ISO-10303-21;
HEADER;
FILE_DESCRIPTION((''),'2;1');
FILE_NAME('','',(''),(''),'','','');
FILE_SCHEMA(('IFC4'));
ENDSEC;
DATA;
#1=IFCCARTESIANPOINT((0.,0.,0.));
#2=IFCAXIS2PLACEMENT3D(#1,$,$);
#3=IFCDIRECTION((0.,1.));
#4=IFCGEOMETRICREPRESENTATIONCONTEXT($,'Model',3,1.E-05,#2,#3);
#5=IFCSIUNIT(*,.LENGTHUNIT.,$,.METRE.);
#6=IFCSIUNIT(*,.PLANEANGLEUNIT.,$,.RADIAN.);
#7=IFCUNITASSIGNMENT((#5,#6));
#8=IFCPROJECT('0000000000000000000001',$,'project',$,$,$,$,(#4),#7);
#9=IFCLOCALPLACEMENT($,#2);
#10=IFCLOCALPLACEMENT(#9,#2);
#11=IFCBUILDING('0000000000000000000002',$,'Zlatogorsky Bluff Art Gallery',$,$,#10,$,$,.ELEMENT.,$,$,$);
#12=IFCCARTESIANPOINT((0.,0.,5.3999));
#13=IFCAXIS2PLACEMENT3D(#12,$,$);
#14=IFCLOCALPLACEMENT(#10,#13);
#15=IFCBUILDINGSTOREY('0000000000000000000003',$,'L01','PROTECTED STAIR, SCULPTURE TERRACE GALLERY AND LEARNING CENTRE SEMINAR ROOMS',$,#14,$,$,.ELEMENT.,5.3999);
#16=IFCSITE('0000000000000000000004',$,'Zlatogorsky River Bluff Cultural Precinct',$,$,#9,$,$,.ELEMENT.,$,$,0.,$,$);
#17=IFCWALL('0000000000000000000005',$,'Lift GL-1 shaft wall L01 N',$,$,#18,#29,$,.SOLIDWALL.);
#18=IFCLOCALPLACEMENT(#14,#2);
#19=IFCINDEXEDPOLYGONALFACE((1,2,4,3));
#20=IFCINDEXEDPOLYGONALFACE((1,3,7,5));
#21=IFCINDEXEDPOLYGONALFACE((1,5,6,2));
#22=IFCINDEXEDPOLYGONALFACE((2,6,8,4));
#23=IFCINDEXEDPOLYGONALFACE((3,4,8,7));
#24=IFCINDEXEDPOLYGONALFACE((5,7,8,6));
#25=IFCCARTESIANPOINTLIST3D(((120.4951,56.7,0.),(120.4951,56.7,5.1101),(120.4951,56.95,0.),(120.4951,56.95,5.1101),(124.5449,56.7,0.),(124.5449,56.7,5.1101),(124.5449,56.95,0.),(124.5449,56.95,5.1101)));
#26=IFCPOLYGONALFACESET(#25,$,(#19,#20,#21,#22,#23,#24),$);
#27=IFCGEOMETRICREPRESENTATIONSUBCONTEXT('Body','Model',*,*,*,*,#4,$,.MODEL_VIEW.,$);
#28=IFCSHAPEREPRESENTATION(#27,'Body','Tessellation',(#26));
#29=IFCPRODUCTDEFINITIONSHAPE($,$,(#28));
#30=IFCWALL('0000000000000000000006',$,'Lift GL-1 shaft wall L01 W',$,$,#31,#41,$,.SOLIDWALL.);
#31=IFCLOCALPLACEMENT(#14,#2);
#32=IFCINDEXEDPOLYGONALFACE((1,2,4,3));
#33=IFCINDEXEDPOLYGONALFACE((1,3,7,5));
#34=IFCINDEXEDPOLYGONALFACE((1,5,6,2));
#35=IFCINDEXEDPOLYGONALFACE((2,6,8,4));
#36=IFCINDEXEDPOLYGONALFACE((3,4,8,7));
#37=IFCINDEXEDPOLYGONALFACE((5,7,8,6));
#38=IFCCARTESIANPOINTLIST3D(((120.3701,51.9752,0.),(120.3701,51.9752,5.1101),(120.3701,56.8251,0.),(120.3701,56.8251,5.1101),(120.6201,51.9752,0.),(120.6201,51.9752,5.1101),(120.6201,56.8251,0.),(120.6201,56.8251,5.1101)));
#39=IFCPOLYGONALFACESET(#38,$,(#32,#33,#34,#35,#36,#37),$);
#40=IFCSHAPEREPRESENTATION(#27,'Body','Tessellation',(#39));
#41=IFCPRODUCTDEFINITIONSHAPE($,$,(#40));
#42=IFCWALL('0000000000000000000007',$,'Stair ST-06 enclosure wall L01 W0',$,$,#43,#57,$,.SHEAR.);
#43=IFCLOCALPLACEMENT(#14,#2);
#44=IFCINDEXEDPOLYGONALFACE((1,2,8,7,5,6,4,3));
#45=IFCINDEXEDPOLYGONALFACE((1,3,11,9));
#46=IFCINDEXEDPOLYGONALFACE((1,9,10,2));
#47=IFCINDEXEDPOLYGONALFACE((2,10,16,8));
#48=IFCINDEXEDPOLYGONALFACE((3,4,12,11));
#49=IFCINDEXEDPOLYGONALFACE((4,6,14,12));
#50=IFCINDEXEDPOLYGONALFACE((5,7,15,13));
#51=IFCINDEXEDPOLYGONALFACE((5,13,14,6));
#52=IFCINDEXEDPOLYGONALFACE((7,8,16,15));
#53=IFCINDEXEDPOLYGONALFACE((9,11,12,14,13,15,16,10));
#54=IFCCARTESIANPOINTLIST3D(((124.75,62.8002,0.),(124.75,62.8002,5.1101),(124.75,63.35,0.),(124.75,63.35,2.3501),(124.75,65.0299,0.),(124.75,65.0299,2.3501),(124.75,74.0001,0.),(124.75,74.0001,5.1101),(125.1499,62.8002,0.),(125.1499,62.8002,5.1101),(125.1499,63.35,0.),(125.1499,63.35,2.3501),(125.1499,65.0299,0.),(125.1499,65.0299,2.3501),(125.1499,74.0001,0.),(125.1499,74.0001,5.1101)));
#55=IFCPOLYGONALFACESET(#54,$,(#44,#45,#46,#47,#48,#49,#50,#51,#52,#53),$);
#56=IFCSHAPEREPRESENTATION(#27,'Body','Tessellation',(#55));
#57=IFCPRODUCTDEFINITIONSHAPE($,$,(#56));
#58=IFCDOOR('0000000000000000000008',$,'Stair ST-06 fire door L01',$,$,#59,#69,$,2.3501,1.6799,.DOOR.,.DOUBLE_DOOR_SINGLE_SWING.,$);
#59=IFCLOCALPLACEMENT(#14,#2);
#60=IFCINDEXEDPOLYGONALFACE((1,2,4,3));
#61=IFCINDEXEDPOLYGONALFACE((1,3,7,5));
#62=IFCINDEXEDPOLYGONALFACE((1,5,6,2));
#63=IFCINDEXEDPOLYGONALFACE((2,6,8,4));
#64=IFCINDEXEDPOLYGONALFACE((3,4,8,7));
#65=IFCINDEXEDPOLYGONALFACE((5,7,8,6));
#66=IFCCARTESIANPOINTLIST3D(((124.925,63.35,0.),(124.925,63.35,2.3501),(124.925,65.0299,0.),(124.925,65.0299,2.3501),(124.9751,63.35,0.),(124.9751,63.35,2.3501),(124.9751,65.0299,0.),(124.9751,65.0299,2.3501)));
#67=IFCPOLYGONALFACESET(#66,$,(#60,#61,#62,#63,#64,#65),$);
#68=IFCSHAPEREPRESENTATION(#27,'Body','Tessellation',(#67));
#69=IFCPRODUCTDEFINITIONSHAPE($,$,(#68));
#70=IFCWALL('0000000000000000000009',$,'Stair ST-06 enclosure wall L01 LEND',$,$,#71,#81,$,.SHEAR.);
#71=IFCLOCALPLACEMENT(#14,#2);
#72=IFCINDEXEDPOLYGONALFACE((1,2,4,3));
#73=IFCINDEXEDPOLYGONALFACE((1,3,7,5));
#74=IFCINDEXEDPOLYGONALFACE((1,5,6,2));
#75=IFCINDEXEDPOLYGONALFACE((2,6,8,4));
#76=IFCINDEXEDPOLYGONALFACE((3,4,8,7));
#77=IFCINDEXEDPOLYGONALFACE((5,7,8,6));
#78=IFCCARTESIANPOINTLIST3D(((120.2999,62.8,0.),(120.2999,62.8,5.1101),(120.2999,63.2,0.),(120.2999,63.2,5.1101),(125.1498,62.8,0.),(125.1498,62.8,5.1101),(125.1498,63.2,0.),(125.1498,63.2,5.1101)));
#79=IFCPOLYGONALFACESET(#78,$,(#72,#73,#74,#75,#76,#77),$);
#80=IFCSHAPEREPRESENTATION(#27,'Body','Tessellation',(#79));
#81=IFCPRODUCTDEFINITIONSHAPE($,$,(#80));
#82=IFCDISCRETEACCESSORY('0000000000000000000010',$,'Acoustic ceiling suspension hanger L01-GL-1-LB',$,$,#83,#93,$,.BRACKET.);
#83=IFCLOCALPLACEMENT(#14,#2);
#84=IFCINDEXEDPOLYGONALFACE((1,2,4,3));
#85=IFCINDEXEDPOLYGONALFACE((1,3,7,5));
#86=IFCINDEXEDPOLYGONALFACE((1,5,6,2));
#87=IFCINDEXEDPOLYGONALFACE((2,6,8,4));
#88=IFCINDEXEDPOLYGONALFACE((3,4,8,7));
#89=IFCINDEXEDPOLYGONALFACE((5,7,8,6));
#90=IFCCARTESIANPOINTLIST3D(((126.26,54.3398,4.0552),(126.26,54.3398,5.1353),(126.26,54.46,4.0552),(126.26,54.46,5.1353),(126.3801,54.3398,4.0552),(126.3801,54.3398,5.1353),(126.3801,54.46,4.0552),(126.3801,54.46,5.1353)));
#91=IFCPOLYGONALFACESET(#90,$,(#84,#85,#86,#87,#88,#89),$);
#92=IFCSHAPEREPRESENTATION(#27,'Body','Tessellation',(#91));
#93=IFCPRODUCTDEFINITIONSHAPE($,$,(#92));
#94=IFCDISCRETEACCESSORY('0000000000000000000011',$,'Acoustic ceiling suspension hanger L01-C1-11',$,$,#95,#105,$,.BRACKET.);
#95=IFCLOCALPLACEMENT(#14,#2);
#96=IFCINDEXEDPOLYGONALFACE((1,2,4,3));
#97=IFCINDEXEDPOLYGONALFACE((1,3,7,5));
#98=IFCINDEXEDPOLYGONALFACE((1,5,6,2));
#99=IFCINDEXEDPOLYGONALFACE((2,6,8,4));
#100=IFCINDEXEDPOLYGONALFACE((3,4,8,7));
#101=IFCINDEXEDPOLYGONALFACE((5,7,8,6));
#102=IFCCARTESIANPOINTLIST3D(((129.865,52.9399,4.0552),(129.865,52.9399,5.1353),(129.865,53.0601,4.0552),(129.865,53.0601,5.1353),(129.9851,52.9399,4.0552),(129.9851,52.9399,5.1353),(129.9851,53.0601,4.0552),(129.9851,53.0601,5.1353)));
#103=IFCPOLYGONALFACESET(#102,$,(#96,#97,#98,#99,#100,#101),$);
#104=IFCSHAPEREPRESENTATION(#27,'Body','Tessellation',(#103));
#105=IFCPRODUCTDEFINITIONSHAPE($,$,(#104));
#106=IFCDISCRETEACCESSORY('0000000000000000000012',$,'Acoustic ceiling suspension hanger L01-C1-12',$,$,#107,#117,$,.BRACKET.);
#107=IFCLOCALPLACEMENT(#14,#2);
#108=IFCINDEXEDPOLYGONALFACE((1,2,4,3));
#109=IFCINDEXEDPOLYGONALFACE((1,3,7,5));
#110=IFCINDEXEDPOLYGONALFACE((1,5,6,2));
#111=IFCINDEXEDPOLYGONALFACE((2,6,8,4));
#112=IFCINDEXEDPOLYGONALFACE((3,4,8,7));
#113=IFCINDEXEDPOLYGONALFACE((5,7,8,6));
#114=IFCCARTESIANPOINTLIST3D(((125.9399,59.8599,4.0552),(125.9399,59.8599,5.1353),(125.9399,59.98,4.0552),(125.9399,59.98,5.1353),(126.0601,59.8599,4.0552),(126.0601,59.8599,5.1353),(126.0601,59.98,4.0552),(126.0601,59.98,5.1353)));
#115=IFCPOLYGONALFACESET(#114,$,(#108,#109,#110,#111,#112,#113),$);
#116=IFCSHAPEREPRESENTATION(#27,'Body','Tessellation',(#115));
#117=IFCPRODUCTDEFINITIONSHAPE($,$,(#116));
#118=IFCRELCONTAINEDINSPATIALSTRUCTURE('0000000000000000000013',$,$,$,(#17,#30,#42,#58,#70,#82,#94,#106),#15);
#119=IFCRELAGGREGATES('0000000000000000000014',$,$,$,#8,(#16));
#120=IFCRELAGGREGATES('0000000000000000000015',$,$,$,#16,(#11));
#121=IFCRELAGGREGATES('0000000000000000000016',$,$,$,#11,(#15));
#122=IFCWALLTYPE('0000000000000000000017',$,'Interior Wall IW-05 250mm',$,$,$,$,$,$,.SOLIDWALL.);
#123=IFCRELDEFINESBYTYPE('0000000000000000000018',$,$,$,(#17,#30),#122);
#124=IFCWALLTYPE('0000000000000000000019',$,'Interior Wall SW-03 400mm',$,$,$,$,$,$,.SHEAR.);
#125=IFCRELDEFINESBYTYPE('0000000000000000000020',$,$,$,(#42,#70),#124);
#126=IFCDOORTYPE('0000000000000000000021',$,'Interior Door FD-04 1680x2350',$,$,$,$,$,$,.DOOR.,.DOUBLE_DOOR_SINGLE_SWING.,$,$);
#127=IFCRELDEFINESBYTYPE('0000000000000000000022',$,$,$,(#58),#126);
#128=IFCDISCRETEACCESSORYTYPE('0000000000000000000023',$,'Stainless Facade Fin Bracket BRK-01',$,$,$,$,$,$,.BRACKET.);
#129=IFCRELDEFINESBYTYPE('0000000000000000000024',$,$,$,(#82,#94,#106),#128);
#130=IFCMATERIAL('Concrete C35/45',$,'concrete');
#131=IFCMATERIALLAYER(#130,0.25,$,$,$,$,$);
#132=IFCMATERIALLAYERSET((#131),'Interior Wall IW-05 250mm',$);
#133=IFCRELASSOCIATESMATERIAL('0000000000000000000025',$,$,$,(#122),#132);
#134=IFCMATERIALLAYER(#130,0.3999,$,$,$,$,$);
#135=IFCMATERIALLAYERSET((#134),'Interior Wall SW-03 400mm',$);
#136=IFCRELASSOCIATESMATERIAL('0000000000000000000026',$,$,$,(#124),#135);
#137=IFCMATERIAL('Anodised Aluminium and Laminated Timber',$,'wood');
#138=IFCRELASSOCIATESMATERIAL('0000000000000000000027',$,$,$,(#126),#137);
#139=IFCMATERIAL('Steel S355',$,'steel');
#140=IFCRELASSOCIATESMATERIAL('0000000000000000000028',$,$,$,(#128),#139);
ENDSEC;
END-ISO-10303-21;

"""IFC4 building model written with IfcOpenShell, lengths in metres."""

from ifc_helpers import new_model, si_unit, direction, frame, frame_2d, origin, origin_2d, place, context, subcontext, project, spatial, rectangle, extrude, material, layer, layer_set, type_object, element, fill, save


model = new_model("IFC4")

# Units and contexts
model_context = context("Model", 3, precision=1e-05, world=origin(), true_north=direction((0.0, 1.0)))
body_context = subcontext(model_context, "Body", "Model", "MODEL_VIEW")
ifc_project = project(units=[si_unit("LENGTHUNIT", "METRE"), si_unit("PLANEANGLEUNIT", "RADIAN")], contexts=[model_context])

# Site, building, storey
site_placement = place(None, origin())
site = spatial("IfcSite", under=ifc_project, at=site_placement, Name="Zlatogorsky River Bluff Cultural Precinct", CompositionType="ELEMENT", RefElevation=0.0)
building_placement = place(site_placement, origin())
building = spatial("IfcBuilding", under=site, at=building_placement, Name="Zlatogorsky Bluff Art Gallery", CompositionType="ELEMENT")
storey_placement = place(building_placement, frame((0.0, 0.0, 5.3999)))
storey = spatial("IfcBuildingStorey", under=building, at=storey_placement, Name="L01", Description="PROTECTED STAIR, SCULPTURE TERRACE GALLERY AND LEARNING CENTRE SEMINAR ROOMS", CompositionType="ELEMENT", Elevation=5.3999)

# Shared definitions
ifc_material_1 = material(Name="Concrete C35/45", Category="concrete")

# Shared definitions
ifc_material_2 = material(Name="Steel S355", Category="steel")

# Shared definitions
ifc_material_3 = material(Name="Anodised Aluminium and Laminated Timber", Category="wood")

# Walls
ifc_layer_1 = layer(ifc_material_1, 0.25)
ifc_layer_set_1 = layer_set([ifc_layer_1], Name="Interior Wall IW-05 250mm")
wall_type_1 = type_object("IfcWallType", Name="Interior Wall IW-05 250mm", PredefinedType="SOLIDWALL", material=ifc_layer_set_1)
wall_1_placement = place(storey_placement, frame((124.5449, 56.825, 0.0), z_axis=(0.0, 0.0, 1.0), x_axis=(-1.0, 0.0, 0.0)))
element("IfcWall", 1, at=wall_1_placement, inside=storey, type_object=wall_type_1, Name="Lift GL-1 shaft wall L01 N", PredefinedType="SOLIDWALL", context=body_context, shape_type="SweptSolid", body=[
    extrude(rectangle(XDim=4.0498, YDim=0.25, at=frame_2d((2.0249, 0.0))), origin(), (0.0, 0.0, 1.0), 5.1101),
])
wall_2_placement = place(storey_placement, frame((120.4951, 56.825, 0.0), z_axis=(0.0, 0.0, 1.0), x_axis=(0.0, -1.0, 0.0)))
element("IfcWall", 2, at=wall_2_placement, inside=storey, type_object=wall_type_1, Name="Lift GL-1 shaft wall L01 W", PredefinedType="SOLIDWALL", context=body_context, shape_type="SweptSolid", body=[
    extrude(rectangle(XDim=4.8499, YDim=0.25, at=frame_2d((2.4248, 0.0))), origin(), (0.0, 0.0, 1.0), 5.1101),
])

# Wall, opening, door
ifc_layer_2 = layer(ifc_material_1, 0.3999)
ifc_layer_set_2 = layer_set([ifc_layer_2], Name="Interior Wall SW-03 400mm")
wall_type_2 = type_object("IfcWallType", Name="Interior Wall SW-03 400mm", PredefinedType="SHEAR", material=ifc_layer_set_2)
wall_3_placement = place(storey_placement, frame((124.95, 62.8, 0.0), z_axis=(0.0, 0.0, 1.0), x_axis=(0.0, 1.0, 0.0)))
wall_3 = element("IfcWall", 3, at=wall_3_placement, inside=storey, type_object=wall_type_2, Name="Stair ST-06 enclosure wall L01 W0", PredefinedType="SHEAR", context=body_context, shape_type="SweptSolid", body=[
    extrude(rectangle(XDim=11.2, YDim=0.3999, at=frame_2d((5.6001, 0.0))), origin(), (0.0, 0.0, 1.0), 5.1101),
])
opening_1_placement = place(wall_3_placement, frame((0.55, 0.0, 0.0)))
opening_1 = element("IfcOpeningElement", 4, at=opening_1_placement, cuts=wall_3, PredefinedType="OPENING", context=body_context, shape_type="SweptSolid", body=[
    extrude(rectangle(XDim=1.6799, YDim=2.3501, at=frame_2d((0.8398, 1.175))), frame((0.0, 0.21, 0.0), z_axis=(0.0, -1.0, 0.0), x_axis=(1.0, 0.0, 0.0)), (0.0, 0.0, 1.0), 0.4199),
])
door_type_1 = type_object("IfcDoorType", Name="Interior Door FD-04 1680x2350", OperationType="DOUBLE_DOOR_SINGLE_SWING", PredefinedType="DOOR", material=ifc_material_3)
door_1_placement = place(opening_1_placement, origin())
door_1 = element("IfcDoor", 5, at=door_1_placement, inside=storey, type_object=door_type_1, Name="Stair ST-06 fire door L01", OperationType="DOUBLE_DOOR_SINGLE_SWING", OverallHeight=2.3501, OverallWidth=1.6799, PredefinedType="DOOR", context=body_context, shape_type="SweptSolid", body=[
    extrude(rectangle(XDim=1.6799, YDim=2.3501, at=frame_2d((0.8398, 1.175))), frame((0.0, 0.0249, 0.0), z_axis=(0.0, -1.0, 0.0), x_axis=(1.0, 0.0, 0.0)), (0.0, 0.0, 1.0), 0.05),
])
fill(opening_1, door_1)

# Wall
wall_4_placement = place(storey_placement, frame((120.3, 63.0, 0.0), z_axis=(0.0, 0.0, 1.0), x_axis=(1.0, 0.0, 0.0)))
element("IfcWall", 6, at=wall_4_placement, inside=storey, type_object=wall_type_2, Name="Stair ST-06 enclosure wall L01 LEND", PredefinedType="SHEAR", context=body_context, shape_type="SweptSolid", body=[
    extrude(rectangle(XDim=4.8499, YDim=0.3999, at=frame_2d((2.4248, 0.0))), origin(), (0.0, 0.0, 1.0), 5.1101),
])

# Discrete accessories
discrete_accessory_type = type_object("IfcDiscreteAccessoryType", Name="Stainless Facade Fin Bracket BRK-01", PredefinedType="BRACKET", material=ifc_material_2)
for number, where, z_axis, x_axis, name in (
    (7, (126.3201, 54.3999, 4.0552), (0.0, 0.0, 1.0), (1.0, 0.0, 0.0), "Acoustic ceiling suspension hanger L01-GL-1-LB"),
    (8, (129.925, 53.0, 4.0552), (0.0, 0.0, 1.0), (1.0, 0.0, 0.0), "Acoustic ceiling suspension hanger L01-C1-11"),
    (9, (126.0, 59.9199, 4.0552), (0.0, 0.0, 1.0), (1.0, 0.0, 0.0), "Acoustic ceiling suspension hanger L01-C1-12"),
):
    element("IfcDiscreteAccessory", number, at=place(storey_placement, frame(where, z_axis=z_axis, x_axis=x_axis)), inside=storey, type_object=discrete_accessory_type, Name=name, PredefinedType="BRACKET", context=body_context, shape_type="SweptSolid", body=[
        extrude(rectangle(XDim=0.1201, YDim=0.1201, at=origin_2d()), origin(), (0.0, 0.0, 1.0), 1.0801),
    ])

save(model, "model.ifc")
